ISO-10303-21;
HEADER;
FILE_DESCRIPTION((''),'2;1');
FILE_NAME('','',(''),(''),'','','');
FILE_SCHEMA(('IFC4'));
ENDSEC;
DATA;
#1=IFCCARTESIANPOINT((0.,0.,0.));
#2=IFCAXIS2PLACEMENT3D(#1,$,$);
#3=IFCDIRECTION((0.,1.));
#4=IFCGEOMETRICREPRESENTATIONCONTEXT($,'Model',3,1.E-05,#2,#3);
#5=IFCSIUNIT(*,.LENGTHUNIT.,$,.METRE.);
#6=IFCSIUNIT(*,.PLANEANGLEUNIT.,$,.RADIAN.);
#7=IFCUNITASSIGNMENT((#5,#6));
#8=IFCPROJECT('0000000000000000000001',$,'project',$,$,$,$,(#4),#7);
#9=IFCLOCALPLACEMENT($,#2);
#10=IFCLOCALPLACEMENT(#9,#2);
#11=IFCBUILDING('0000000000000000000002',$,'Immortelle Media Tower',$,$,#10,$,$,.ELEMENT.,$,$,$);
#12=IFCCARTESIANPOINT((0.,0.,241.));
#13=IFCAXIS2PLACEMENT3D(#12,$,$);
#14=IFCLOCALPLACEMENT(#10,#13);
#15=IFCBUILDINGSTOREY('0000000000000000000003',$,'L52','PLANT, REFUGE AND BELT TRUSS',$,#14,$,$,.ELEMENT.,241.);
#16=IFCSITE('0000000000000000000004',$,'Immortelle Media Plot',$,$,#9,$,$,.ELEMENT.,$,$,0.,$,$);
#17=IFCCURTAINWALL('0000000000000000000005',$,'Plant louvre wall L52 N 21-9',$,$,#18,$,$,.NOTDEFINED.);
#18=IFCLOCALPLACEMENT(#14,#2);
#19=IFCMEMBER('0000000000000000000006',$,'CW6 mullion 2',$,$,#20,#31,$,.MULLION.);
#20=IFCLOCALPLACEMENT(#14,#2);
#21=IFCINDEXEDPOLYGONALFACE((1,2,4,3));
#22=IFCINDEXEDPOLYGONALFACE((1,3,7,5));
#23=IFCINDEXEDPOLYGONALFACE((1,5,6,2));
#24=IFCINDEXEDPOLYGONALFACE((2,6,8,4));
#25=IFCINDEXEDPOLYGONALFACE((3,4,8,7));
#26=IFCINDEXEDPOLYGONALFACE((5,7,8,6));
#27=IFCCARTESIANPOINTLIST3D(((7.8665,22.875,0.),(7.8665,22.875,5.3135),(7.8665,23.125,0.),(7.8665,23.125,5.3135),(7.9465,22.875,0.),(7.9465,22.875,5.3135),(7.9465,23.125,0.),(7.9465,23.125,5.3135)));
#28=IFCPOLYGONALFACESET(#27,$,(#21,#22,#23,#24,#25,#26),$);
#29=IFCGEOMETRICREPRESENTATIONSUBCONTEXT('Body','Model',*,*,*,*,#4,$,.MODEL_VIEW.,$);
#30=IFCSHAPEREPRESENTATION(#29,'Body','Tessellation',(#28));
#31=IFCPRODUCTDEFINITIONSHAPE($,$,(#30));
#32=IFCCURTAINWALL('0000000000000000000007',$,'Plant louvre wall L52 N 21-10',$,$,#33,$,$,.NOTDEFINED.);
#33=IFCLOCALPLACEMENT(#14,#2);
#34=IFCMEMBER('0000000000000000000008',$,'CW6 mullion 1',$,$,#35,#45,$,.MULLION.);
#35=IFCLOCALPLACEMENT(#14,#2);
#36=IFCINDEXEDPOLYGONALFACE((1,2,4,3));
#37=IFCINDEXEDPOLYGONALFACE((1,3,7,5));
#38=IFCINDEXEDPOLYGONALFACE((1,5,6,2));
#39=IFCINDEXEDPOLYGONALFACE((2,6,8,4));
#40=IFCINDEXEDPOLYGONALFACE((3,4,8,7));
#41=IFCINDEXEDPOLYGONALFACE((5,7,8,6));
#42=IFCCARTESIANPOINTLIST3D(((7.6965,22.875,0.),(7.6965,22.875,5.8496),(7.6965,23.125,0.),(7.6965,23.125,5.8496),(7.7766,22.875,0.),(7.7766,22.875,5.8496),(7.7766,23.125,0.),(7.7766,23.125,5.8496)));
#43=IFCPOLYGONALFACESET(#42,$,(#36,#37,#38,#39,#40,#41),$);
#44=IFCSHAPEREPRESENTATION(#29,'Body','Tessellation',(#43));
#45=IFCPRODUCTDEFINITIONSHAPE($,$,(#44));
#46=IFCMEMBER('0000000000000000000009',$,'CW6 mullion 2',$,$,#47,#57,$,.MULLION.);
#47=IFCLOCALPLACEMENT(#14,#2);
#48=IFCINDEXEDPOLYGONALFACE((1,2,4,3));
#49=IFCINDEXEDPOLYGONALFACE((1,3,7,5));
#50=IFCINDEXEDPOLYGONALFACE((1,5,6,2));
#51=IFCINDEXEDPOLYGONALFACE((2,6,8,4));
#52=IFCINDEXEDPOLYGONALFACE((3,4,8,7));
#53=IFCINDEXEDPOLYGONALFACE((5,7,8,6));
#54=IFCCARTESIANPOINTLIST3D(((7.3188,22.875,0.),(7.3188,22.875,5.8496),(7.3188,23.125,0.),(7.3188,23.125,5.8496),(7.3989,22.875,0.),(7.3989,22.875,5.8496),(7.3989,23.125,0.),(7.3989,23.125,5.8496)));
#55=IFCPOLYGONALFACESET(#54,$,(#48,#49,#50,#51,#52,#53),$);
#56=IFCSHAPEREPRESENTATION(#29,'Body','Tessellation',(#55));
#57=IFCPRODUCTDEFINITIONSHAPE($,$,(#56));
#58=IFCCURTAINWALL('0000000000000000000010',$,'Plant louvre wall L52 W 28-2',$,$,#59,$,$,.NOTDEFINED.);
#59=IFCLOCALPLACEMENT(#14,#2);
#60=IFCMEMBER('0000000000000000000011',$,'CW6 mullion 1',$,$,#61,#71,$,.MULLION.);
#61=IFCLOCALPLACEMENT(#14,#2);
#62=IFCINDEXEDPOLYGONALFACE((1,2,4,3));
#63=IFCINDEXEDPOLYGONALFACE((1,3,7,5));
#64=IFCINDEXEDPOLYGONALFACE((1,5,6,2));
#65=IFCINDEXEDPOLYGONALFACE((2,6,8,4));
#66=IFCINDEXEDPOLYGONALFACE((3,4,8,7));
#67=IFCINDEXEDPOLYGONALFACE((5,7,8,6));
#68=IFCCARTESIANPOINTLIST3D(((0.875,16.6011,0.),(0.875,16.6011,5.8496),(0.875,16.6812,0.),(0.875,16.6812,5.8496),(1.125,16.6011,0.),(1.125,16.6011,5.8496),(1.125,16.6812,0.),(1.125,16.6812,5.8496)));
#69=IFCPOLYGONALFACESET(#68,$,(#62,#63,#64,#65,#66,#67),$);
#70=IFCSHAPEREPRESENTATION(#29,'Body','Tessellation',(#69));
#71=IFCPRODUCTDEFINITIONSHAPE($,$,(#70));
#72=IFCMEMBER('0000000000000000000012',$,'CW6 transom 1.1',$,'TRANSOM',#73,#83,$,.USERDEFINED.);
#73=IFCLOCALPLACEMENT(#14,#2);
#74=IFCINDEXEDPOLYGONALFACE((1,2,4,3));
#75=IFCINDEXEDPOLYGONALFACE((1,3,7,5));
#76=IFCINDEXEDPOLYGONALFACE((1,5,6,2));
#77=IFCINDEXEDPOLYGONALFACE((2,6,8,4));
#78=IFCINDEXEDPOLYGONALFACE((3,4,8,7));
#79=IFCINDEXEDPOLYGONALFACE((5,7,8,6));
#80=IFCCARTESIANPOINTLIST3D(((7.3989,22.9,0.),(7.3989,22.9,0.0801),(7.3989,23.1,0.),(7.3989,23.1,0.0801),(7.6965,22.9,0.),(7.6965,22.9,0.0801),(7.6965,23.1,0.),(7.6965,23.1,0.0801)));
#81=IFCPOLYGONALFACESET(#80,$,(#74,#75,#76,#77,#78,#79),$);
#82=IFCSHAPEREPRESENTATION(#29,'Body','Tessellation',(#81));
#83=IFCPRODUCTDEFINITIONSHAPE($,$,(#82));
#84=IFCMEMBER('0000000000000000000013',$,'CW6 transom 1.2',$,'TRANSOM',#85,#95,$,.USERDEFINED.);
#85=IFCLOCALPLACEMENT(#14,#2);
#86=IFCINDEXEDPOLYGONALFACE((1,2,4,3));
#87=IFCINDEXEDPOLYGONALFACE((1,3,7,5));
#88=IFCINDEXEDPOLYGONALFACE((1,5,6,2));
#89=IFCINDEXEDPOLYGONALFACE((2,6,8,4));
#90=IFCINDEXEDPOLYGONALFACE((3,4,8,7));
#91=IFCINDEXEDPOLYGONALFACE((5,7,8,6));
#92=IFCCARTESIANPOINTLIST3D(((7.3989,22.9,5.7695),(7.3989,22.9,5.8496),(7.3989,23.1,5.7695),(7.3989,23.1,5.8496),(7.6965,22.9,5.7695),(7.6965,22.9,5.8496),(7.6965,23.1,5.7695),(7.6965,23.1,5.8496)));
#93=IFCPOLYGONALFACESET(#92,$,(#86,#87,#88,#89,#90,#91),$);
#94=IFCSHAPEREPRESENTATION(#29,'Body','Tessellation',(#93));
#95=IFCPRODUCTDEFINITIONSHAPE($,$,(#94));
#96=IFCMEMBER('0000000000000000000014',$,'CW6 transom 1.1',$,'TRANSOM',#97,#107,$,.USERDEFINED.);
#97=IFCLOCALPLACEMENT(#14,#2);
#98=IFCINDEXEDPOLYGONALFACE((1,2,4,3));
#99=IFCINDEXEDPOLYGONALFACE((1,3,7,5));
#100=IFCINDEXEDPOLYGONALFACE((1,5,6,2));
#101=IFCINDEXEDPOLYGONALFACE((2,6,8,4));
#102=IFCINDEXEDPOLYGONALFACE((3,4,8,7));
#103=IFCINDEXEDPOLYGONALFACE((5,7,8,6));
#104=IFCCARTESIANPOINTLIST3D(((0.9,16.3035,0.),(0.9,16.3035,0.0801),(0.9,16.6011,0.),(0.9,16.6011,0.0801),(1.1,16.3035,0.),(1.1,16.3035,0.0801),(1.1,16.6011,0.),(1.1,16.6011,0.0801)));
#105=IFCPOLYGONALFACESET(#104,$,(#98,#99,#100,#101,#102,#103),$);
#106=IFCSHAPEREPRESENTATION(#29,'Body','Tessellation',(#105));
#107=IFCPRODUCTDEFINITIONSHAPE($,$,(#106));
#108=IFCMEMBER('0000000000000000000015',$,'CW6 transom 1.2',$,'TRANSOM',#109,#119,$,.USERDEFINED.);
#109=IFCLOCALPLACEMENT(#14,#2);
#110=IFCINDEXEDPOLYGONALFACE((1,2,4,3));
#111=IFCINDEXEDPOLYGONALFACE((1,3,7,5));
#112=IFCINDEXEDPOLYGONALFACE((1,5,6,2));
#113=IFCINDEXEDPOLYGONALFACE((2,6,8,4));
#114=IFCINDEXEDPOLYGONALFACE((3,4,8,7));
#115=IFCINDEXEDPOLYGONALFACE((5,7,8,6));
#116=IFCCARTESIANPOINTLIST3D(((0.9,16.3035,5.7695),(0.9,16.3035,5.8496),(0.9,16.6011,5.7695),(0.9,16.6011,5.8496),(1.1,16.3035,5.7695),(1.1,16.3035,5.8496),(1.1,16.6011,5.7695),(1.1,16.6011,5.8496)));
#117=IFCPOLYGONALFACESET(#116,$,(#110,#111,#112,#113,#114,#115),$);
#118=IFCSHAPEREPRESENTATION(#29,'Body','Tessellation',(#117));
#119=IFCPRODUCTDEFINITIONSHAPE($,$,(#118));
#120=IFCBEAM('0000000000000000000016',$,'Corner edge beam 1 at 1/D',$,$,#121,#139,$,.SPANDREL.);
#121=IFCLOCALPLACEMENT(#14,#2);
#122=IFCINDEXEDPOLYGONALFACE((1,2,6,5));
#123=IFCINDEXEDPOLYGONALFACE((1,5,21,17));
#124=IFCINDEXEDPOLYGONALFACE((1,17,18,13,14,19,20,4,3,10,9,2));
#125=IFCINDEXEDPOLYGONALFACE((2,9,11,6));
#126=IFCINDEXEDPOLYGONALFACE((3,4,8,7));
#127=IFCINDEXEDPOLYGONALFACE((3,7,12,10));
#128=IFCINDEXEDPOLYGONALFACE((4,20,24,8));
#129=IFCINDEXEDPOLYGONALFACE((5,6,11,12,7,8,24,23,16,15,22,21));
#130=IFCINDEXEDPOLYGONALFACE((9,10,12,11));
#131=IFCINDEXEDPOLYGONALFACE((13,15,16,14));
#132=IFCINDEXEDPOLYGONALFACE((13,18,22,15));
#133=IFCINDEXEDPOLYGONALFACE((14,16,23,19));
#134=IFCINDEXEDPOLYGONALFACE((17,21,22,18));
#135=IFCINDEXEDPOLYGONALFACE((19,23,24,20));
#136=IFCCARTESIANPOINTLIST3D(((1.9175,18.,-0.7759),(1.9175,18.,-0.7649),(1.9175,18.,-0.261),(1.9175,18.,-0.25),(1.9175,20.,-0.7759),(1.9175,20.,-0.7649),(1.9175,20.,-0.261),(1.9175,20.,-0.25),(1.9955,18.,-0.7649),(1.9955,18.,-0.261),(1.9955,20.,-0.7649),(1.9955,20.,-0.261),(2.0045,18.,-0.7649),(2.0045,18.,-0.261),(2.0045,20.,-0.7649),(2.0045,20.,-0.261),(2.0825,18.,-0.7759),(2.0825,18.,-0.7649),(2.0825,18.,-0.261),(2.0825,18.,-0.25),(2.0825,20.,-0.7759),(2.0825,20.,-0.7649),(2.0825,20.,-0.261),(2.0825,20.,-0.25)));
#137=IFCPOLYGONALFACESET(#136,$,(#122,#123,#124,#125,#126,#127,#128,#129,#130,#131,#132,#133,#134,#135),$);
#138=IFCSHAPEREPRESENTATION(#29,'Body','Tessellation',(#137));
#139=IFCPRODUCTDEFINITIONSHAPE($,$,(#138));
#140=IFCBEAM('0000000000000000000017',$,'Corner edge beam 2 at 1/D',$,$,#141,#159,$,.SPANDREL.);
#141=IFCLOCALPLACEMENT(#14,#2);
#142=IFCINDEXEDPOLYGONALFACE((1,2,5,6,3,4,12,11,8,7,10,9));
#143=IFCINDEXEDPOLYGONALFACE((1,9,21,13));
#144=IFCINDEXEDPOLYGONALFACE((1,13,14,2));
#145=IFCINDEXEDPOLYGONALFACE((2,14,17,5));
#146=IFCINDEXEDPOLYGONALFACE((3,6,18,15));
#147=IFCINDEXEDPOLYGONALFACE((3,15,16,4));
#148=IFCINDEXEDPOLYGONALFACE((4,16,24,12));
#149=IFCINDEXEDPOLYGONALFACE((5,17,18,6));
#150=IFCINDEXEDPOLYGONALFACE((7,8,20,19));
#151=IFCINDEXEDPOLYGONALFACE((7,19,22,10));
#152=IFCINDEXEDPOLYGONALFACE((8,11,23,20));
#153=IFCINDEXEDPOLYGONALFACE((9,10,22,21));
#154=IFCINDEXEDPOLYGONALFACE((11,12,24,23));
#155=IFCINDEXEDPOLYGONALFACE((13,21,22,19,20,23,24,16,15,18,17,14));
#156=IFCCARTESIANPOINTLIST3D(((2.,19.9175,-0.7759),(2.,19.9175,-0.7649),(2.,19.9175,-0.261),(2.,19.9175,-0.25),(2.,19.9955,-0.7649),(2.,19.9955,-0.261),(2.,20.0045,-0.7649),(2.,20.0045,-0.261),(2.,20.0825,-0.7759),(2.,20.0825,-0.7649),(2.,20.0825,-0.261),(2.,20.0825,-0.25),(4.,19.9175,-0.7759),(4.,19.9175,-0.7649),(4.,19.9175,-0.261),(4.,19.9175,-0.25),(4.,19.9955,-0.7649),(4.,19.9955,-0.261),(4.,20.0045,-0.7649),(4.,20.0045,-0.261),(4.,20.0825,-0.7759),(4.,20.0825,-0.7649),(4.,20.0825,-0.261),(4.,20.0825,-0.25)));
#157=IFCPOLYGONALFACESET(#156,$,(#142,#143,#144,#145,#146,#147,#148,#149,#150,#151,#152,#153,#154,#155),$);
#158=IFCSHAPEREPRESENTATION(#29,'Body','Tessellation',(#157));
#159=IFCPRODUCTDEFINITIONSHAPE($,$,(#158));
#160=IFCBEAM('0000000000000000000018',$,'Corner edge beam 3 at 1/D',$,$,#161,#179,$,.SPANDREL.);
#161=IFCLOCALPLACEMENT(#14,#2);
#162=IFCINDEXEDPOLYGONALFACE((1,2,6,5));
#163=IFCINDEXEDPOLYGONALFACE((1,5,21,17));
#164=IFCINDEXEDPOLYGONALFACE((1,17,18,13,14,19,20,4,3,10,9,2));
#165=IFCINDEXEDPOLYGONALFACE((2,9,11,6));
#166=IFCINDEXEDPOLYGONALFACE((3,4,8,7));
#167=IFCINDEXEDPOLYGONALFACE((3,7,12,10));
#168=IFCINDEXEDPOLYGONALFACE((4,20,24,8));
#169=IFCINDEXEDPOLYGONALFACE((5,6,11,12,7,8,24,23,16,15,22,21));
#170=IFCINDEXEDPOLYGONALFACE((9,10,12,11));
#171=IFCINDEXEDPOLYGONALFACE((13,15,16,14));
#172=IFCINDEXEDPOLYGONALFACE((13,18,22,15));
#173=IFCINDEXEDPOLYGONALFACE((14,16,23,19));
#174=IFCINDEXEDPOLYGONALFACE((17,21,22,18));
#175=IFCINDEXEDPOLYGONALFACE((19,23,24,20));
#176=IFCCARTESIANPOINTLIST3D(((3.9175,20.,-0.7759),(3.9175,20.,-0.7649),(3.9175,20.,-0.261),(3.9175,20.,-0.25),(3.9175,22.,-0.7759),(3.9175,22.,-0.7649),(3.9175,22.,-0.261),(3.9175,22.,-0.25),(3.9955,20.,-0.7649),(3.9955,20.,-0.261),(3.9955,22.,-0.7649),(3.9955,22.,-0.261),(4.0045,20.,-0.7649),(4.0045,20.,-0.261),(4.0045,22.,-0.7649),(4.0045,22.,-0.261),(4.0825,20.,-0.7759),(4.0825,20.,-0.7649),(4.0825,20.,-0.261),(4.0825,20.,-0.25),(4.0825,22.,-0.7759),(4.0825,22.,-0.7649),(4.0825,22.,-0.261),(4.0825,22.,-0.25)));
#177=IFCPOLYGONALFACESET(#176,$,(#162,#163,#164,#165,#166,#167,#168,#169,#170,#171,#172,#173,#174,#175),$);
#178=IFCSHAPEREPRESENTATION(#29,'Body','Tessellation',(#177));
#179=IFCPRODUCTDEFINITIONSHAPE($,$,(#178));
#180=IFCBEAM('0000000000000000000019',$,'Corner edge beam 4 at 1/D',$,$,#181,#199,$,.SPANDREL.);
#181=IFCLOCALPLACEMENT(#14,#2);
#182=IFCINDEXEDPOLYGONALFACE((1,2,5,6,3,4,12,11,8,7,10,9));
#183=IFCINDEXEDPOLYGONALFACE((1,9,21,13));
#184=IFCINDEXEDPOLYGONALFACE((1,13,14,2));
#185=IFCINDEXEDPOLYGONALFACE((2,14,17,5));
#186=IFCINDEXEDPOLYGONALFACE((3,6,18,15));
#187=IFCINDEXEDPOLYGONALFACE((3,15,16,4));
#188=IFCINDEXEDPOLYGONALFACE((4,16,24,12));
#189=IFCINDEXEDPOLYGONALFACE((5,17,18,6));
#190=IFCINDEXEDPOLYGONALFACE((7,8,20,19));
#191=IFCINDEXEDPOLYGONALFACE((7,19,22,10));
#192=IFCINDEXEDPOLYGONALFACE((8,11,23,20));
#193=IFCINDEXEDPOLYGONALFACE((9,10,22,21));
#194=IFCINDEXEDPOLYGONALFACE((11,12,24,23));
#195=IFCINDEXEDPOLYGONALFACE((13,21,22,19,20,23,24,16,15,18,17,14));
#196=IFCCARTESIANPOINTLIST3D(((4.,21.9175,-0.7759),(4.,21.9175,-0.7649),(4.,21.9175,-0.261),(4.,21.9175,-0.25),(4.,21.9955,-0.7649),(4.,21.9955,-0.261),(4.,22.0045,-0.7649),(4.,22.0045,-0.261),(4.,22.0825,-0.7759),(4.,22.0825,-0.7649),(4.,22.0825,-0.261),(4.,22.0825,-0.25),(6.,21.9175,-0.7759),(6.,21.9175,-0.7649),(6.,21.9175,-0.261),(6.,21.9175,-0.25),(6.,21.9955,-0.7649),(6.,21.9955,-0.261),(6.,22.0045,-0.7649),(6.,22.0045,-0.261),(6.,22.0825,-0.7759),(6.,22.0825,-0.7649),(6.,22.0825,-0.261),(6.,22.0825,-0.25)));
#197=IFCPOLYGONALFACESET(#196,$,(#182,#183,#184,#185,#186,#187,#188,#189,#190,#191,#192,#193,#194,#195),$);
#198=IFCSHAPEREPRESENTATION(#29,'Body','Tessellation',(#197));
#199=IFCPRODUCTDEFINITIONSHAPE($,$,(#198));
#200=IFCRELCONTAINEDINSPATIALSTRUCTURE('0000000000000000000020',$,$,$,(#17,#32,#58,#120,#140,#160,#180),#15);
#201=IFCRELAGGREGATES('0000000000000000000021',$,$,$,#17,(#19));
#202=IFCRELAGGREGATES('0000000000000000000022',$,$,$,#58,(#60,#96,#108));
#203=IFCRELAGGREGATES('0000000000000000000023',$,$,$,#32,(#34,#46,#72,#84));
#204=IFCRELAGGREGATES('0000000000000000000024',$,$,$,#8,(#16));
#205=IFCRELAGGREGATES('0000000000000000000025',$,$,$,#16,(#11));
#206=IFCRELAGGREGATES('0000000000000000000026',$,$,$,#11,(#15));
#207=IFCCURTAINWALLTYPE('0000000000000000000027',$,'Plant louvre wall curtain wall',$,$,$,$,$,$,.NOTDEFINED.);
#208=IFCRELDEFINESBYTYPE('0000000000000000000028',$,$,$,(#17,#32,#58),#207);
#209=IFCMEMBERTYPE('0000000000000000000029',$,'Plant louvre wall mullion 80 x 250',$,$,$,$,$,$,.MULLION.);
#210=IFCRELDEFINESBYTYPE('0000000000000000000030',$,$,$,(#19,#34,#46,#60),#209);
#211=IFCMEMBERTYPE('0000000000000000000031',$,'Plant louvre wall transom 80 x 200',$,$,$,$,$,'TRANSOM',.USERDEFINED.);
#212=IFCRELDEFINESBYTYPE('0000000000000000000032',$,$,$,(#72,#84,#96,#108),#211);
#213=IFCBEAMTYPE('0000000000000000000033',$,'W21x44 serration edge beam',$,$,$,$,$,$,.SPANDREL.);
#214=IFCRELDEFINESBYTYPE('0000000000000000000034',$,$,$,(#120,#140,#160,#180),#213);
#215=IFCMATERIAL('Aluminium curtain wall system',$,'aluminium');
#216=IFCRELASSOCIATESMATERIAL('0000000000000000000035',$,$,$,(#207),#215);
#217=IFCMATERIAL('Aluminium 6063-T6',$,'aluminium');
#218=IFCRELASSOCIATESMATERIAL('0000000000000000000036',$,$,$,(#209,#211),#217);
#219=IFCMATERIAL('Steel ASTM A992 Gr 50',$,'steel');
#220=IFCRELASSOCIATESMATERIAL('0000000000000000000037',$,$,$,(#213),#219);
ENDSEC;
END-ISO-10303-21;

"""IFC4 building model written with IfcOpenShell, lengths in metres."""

from ifc_helpers import new_model, si_unit, direction, frame, origin, origin_2d, place, context, subcontext, project, spatial, rectangle, i_section, extrude, material, material_profile, profile_set, type_object, element, aggregate, save


model = new_model("IFC4")

# Units and contexts
model_context = context("Model", 3, precision=1e-05, world=origin(), true_north=direction((0.0, 1.0)))
body_context = subcontext(model_context, "Body", "Model", "MODEL_VIEW")
ifc_project = project(units=[si_unit("LENGTHUNIT", "METRE"), si_unit("PLANEANGLEUNIT", "RADIAN")], contexts=[model_context])

# Site, building, storey
site_placement = place(None, origin())
site = spatial("IfcSite", under=ifc_project, at=site_placement, Name="Immortelle Media Plot", CompositionType="ELEMENT", RefElevation=0.0)
building_placement = place(site_placement, origin())
building = spatial("IfcBuilding", under=site, at=building_placement, Name="Immortelle Media Tower", CompositionType="ELEMENT")
storey_placement = place(building_placement, frame((0.0, 0.0, 241.0)))
storey = spatial("IfcBuildingStorey", under=building, at=storey_placement, Name="L52", Description="PLANT, REFUGE AND BELT TRUSS", CompositionType="ELEMENT", Elevation=241.0)

# Curtain wall, member
ifc_material_1 = material(Name="Aluminium curtain wall system", Category="aluminium")
curtain_wall_type = type_object("IfcCurtainWallType", Name="Plant louvre wall curtain wall", PredefinedType="NOTDEFINED", material=ifc_material_1)
curtain_wall_1_placement = place(storey_placement, origin())
curtain_wall_1 = element("IfcCurtainWall", 1, at=curtain_wall_1_placement, inside=storey, type_object=curtain_wall_type, Name="Plant louvre wall L52 N 21-9", PredefinedType="NOTDEFINED")
ifc_material_2 = material(Name="Aluminium 6063-T6", Category="aluminium")
ifc_material_profile_1 = material_profile(ifc_material_2, rectangle(XDim=0.25, YDim=0.0801, at=origin_2d()), Name="AL 80x250")
ifc_profile_set_1 = profile_set([ifc_material_profile_1], Name="Aluminium 6063-T6")
member_type_1 = type_object("IfcMemberType", Name="Plant louvre wall mullion 80 x 250", PredefinedType="MULLION", material=ifc_profile_set_1)
member_1_placement = place(storey_placement, frame((7.9065, 23.0, 0.0), z_axis=(0.0, 0.0, 1.0), x_axis=(0.0, -1.0, 0.0)))
member_1 = element("IfcMember", 2, at=member_1_placement, type_object=member_type_1, Name="CW6 mullion 2", PredefinedType="MULLION", context=body_context, shape_type="SweptSolid", body=[
    extrude(rectangle(XDim=0.25, YDim=0.0801, at=origin_2d()), origin(), (0.0, 0.0, 1.0), 5.3135),
])
aggregate(curtain_wall_1, [member_1])

# Curtain wall, members
curtain_wall_2_placement = place(storey_placement, origin())
curtain_wall_2 = element("IfcCurtainWall", 3, at=curtain_wall_2_placement, inside=storey, type_object=curtain_wall_type, Name="Plant louvre wall L52 N 21-10", PredefinedType="NOTDEFINED")
member_2_placement = place(storey_placement, frame((7.7366, 23.0, 0.0), z_axis=(0.0, 0.0, 1.0), x_axis=(0.0, -1.0, 0.0)))
member_2 = element("IfcMember", 4, at=member_2_placement, type_object=member_type_1, Name="CW6 mullion 1", PredefinedType="MULLION", context=body_context, shape_type="SweptSolid", body=[
    extrude(rectangle(XDim=0.25, YDim=0.0801, at=origin_2d()), origin(), (0.0, 0.0, 1.0), 5.8496),
])
member_3_placement = place(storey_placement, frame((7.3589, 23.0, 0.0), z_axis=(0.0, 0.0, 1.0), x_axis=(0.0, -1.0, 0.0)))
member_3 = element("IfcMember", 5, at=member_3_placement, type_object=member_type_1, Name="CW6 mullion 2", PredefinedType="MULLION", context=body_context, shape_type="SweptSolid", body=[
    extrude(rectangle(XDim=0.25, YDim=0.0801, at=origin_2d()), origin(), (0.0, 0.0, 1.0), 5.8496),
])

# Curtain wall, member
curtain_wall_3_placement = place(storey_placement, origin())
curtain_wall_3 = element("IfcCurtainWall", 6, at=curtain_wall_3_placement, inside=storey, type_object=curtain_wall_type, Name="Plant louvre wall L52 W 28-2", PredefinedType="NOTDEFINED")
member_4_placement = place(storey_placement, frame((1.0, 16.6411, 0.0), z_axis=(0.0, 0.0, 1.0), x_axis=(1.0, 0.0, 0.0)))
member_4 = element("IfcMember", 7, at=member_4_placement, type_object=member_type_1, Name="CW6 mullion 1", PredefinedType="MULLION", context=body_context, shape_type="SweptSolid", body=[
    extrude(rectangle(XDim=0.25, YDim=0.0801, at=origin_2d()), origin(), (0.0, 0.0, 1.0), 5.8496),
])

# Members
ifc_material_profile_2 = material_profile(ifc_material_2, rectangle(XDim=0.2, YDim=0.0801, at=origin_2d()), Name="AL 80x200")
ifc_profile_set_2 = profile_set([ifc_material_profile_2], Name="Aluminium 6063-T6")
member_type_2 = type_object("IfcMemberType", Name="Plant louvre wall transom 80 x 200", ElementType="TRANSOM", PredefinedType="USERDEFINED", material=ifc_profile_set_2)
member_5_placement = place(storey_placement, frame((7.6965, 23.0, 0.04), z_axis=(-1.0, 0.0, 0.0), x_axis=(0.0, -1.0, 0.0)))
member_5 = element("IfcMember", 8, at=member_5_placement, type_object=member_type_2, Name="CW6 transom 1.1", ObjectType="TRANSOM", PredefinedType="USERDEFINED", context=body_context, shape_type="SweptSolid", body=[
    extrude(rectangle(XDim=0.2, YDim=0.0801, at=origin_2d()), origin(), (0.0, 0.0, 1.0), 0.2976),
])
member_6_placement = place(storey_placement, frame((7.6965, 23.0, 5.8096), z_axis=(-1.0, 0.0, 0.0), x_axis=(0.0, -1.0, 0.0)))
member_6 = element("IfcMember", 9, at=member_6_placement, type_object=member_type_2, Name="CW6 transom 1.2", ObjectType="TRANSOM", PredefinedType="USERDEFINED", context=body_context, shape_type="SweptSolid", body=[
    extrude(rectangle(XDim=0.2, YDim=0.0801, at=origin_2d()), origin(), (0.0, 0.0, 1.0), 0.2976),
])
member_7_placement = place(storey_placement, frame((1.0, 16.6011, 0.04), z_axis=(0.0, -1.0, 0.0), x_axis=(1.0, 0.0, 0.0)))
member_7 = element("IfcMember", 10, at=member_7_placement, type_object=member_type_2, Name="CW6 transom 1.1", ObjectType="TRANSOM", PredefinedType="USERDEFINED", context=body_context, shape_type="SweptSolid", body=[
    extrude(rectangle(XDim=0.2, YDim=0.0801, at=origin_2d()), origin(), (0.0, 0.0, 1.0), 0.2976),
])
member_8_placement = place(storey_placement, frame((1.0, 16.6011, 5.8096), z_axis=(0.0, -1.0, 0.0), x_axis=(1.0, 0.0, 0.0)))
member_8 = element("IfcMember", 11, at=member_8_placement, type_object=member_type_2, Name="CW6 transom 1.2", ObjectType="TRANSOM", PredefinedType="USERDEFINED", context=body_context, shape_type="SweptSolid", body=[
    extrude(rectangle(XDim=0.2, YDim=0.0801, at=origin_2d()), origin(), (0.0, 0.0, 1.0), 0.2976),
])
aggregate(curtain_wall_3, [member_4, member_7, member_8])

# Beams
ifc_material_3 = material(Name="Steel ASTM A992 Gr 50", Category="steel")
ifc_material_profile_3 = material_profile(ifc_material_3, i_section(OverallWidth=0.165, OverallDepth=0.5259, WebThickness=0.009, FlangeThickness=0.011, at=origin_2d()), Name="W21x44")
ifc_profile_set_3 = profile_set([ifc_material_profile_3], Name="Steel ASTM A992 Gr 50")
beam_type = type_object("IfcBeamType", Name="W21x44 serration edge beam", PredefinedType="SPANDREL", material=ifc_profile_set_3)
for number, where, z_axis, x_axis, name in (
    (12, (2.0, 18.0, -0.5129), (0.0, 1.0, 0.0), (-1.0, 0.0, 0.0), "Corner edge beam 1 at 1/D"),
    (13, (2.0, 20.0, -0.5129), (1.0, 0.0, 0.0), (0.0, 1.0, 0.0), "Corner edge beam 2 at 1/D"),
    (14, (4.0, 20.0, -0.5129), (0.0, 1.0, 0.0), (-1.0, 0.0, 0.0), "Corner edge beam 3 at 1/D"),
    (15, (4.0, 22.0, -0.5129), (1.0, 0.0, 0.0), (0.0, 1.0, 0.0), "Corner edge beam 4 at 1/D"),
):
    element("IfcBeam", number, at=place(storey_placement, frame(where, z_axis=z_axis, x_axis=x_axis)), inside=storey, type_object=beam_type, Name=name, PredefinedType="SPANDREL", context=body_context, shape_type="SweptSolid", body=[
        extrude(i_section(OverallWidth=0.165, OverallDepth=0.5259, WebThickness=0.009, FlangeThickness=0.011, at=origin_2d()), origin(), (0.0, 0.0, 1.0), 2.0),
    ])

aggregate(curtain_wall_2, [member_2, member_3, member_5, member_6])

save(model, "model.ifc")
